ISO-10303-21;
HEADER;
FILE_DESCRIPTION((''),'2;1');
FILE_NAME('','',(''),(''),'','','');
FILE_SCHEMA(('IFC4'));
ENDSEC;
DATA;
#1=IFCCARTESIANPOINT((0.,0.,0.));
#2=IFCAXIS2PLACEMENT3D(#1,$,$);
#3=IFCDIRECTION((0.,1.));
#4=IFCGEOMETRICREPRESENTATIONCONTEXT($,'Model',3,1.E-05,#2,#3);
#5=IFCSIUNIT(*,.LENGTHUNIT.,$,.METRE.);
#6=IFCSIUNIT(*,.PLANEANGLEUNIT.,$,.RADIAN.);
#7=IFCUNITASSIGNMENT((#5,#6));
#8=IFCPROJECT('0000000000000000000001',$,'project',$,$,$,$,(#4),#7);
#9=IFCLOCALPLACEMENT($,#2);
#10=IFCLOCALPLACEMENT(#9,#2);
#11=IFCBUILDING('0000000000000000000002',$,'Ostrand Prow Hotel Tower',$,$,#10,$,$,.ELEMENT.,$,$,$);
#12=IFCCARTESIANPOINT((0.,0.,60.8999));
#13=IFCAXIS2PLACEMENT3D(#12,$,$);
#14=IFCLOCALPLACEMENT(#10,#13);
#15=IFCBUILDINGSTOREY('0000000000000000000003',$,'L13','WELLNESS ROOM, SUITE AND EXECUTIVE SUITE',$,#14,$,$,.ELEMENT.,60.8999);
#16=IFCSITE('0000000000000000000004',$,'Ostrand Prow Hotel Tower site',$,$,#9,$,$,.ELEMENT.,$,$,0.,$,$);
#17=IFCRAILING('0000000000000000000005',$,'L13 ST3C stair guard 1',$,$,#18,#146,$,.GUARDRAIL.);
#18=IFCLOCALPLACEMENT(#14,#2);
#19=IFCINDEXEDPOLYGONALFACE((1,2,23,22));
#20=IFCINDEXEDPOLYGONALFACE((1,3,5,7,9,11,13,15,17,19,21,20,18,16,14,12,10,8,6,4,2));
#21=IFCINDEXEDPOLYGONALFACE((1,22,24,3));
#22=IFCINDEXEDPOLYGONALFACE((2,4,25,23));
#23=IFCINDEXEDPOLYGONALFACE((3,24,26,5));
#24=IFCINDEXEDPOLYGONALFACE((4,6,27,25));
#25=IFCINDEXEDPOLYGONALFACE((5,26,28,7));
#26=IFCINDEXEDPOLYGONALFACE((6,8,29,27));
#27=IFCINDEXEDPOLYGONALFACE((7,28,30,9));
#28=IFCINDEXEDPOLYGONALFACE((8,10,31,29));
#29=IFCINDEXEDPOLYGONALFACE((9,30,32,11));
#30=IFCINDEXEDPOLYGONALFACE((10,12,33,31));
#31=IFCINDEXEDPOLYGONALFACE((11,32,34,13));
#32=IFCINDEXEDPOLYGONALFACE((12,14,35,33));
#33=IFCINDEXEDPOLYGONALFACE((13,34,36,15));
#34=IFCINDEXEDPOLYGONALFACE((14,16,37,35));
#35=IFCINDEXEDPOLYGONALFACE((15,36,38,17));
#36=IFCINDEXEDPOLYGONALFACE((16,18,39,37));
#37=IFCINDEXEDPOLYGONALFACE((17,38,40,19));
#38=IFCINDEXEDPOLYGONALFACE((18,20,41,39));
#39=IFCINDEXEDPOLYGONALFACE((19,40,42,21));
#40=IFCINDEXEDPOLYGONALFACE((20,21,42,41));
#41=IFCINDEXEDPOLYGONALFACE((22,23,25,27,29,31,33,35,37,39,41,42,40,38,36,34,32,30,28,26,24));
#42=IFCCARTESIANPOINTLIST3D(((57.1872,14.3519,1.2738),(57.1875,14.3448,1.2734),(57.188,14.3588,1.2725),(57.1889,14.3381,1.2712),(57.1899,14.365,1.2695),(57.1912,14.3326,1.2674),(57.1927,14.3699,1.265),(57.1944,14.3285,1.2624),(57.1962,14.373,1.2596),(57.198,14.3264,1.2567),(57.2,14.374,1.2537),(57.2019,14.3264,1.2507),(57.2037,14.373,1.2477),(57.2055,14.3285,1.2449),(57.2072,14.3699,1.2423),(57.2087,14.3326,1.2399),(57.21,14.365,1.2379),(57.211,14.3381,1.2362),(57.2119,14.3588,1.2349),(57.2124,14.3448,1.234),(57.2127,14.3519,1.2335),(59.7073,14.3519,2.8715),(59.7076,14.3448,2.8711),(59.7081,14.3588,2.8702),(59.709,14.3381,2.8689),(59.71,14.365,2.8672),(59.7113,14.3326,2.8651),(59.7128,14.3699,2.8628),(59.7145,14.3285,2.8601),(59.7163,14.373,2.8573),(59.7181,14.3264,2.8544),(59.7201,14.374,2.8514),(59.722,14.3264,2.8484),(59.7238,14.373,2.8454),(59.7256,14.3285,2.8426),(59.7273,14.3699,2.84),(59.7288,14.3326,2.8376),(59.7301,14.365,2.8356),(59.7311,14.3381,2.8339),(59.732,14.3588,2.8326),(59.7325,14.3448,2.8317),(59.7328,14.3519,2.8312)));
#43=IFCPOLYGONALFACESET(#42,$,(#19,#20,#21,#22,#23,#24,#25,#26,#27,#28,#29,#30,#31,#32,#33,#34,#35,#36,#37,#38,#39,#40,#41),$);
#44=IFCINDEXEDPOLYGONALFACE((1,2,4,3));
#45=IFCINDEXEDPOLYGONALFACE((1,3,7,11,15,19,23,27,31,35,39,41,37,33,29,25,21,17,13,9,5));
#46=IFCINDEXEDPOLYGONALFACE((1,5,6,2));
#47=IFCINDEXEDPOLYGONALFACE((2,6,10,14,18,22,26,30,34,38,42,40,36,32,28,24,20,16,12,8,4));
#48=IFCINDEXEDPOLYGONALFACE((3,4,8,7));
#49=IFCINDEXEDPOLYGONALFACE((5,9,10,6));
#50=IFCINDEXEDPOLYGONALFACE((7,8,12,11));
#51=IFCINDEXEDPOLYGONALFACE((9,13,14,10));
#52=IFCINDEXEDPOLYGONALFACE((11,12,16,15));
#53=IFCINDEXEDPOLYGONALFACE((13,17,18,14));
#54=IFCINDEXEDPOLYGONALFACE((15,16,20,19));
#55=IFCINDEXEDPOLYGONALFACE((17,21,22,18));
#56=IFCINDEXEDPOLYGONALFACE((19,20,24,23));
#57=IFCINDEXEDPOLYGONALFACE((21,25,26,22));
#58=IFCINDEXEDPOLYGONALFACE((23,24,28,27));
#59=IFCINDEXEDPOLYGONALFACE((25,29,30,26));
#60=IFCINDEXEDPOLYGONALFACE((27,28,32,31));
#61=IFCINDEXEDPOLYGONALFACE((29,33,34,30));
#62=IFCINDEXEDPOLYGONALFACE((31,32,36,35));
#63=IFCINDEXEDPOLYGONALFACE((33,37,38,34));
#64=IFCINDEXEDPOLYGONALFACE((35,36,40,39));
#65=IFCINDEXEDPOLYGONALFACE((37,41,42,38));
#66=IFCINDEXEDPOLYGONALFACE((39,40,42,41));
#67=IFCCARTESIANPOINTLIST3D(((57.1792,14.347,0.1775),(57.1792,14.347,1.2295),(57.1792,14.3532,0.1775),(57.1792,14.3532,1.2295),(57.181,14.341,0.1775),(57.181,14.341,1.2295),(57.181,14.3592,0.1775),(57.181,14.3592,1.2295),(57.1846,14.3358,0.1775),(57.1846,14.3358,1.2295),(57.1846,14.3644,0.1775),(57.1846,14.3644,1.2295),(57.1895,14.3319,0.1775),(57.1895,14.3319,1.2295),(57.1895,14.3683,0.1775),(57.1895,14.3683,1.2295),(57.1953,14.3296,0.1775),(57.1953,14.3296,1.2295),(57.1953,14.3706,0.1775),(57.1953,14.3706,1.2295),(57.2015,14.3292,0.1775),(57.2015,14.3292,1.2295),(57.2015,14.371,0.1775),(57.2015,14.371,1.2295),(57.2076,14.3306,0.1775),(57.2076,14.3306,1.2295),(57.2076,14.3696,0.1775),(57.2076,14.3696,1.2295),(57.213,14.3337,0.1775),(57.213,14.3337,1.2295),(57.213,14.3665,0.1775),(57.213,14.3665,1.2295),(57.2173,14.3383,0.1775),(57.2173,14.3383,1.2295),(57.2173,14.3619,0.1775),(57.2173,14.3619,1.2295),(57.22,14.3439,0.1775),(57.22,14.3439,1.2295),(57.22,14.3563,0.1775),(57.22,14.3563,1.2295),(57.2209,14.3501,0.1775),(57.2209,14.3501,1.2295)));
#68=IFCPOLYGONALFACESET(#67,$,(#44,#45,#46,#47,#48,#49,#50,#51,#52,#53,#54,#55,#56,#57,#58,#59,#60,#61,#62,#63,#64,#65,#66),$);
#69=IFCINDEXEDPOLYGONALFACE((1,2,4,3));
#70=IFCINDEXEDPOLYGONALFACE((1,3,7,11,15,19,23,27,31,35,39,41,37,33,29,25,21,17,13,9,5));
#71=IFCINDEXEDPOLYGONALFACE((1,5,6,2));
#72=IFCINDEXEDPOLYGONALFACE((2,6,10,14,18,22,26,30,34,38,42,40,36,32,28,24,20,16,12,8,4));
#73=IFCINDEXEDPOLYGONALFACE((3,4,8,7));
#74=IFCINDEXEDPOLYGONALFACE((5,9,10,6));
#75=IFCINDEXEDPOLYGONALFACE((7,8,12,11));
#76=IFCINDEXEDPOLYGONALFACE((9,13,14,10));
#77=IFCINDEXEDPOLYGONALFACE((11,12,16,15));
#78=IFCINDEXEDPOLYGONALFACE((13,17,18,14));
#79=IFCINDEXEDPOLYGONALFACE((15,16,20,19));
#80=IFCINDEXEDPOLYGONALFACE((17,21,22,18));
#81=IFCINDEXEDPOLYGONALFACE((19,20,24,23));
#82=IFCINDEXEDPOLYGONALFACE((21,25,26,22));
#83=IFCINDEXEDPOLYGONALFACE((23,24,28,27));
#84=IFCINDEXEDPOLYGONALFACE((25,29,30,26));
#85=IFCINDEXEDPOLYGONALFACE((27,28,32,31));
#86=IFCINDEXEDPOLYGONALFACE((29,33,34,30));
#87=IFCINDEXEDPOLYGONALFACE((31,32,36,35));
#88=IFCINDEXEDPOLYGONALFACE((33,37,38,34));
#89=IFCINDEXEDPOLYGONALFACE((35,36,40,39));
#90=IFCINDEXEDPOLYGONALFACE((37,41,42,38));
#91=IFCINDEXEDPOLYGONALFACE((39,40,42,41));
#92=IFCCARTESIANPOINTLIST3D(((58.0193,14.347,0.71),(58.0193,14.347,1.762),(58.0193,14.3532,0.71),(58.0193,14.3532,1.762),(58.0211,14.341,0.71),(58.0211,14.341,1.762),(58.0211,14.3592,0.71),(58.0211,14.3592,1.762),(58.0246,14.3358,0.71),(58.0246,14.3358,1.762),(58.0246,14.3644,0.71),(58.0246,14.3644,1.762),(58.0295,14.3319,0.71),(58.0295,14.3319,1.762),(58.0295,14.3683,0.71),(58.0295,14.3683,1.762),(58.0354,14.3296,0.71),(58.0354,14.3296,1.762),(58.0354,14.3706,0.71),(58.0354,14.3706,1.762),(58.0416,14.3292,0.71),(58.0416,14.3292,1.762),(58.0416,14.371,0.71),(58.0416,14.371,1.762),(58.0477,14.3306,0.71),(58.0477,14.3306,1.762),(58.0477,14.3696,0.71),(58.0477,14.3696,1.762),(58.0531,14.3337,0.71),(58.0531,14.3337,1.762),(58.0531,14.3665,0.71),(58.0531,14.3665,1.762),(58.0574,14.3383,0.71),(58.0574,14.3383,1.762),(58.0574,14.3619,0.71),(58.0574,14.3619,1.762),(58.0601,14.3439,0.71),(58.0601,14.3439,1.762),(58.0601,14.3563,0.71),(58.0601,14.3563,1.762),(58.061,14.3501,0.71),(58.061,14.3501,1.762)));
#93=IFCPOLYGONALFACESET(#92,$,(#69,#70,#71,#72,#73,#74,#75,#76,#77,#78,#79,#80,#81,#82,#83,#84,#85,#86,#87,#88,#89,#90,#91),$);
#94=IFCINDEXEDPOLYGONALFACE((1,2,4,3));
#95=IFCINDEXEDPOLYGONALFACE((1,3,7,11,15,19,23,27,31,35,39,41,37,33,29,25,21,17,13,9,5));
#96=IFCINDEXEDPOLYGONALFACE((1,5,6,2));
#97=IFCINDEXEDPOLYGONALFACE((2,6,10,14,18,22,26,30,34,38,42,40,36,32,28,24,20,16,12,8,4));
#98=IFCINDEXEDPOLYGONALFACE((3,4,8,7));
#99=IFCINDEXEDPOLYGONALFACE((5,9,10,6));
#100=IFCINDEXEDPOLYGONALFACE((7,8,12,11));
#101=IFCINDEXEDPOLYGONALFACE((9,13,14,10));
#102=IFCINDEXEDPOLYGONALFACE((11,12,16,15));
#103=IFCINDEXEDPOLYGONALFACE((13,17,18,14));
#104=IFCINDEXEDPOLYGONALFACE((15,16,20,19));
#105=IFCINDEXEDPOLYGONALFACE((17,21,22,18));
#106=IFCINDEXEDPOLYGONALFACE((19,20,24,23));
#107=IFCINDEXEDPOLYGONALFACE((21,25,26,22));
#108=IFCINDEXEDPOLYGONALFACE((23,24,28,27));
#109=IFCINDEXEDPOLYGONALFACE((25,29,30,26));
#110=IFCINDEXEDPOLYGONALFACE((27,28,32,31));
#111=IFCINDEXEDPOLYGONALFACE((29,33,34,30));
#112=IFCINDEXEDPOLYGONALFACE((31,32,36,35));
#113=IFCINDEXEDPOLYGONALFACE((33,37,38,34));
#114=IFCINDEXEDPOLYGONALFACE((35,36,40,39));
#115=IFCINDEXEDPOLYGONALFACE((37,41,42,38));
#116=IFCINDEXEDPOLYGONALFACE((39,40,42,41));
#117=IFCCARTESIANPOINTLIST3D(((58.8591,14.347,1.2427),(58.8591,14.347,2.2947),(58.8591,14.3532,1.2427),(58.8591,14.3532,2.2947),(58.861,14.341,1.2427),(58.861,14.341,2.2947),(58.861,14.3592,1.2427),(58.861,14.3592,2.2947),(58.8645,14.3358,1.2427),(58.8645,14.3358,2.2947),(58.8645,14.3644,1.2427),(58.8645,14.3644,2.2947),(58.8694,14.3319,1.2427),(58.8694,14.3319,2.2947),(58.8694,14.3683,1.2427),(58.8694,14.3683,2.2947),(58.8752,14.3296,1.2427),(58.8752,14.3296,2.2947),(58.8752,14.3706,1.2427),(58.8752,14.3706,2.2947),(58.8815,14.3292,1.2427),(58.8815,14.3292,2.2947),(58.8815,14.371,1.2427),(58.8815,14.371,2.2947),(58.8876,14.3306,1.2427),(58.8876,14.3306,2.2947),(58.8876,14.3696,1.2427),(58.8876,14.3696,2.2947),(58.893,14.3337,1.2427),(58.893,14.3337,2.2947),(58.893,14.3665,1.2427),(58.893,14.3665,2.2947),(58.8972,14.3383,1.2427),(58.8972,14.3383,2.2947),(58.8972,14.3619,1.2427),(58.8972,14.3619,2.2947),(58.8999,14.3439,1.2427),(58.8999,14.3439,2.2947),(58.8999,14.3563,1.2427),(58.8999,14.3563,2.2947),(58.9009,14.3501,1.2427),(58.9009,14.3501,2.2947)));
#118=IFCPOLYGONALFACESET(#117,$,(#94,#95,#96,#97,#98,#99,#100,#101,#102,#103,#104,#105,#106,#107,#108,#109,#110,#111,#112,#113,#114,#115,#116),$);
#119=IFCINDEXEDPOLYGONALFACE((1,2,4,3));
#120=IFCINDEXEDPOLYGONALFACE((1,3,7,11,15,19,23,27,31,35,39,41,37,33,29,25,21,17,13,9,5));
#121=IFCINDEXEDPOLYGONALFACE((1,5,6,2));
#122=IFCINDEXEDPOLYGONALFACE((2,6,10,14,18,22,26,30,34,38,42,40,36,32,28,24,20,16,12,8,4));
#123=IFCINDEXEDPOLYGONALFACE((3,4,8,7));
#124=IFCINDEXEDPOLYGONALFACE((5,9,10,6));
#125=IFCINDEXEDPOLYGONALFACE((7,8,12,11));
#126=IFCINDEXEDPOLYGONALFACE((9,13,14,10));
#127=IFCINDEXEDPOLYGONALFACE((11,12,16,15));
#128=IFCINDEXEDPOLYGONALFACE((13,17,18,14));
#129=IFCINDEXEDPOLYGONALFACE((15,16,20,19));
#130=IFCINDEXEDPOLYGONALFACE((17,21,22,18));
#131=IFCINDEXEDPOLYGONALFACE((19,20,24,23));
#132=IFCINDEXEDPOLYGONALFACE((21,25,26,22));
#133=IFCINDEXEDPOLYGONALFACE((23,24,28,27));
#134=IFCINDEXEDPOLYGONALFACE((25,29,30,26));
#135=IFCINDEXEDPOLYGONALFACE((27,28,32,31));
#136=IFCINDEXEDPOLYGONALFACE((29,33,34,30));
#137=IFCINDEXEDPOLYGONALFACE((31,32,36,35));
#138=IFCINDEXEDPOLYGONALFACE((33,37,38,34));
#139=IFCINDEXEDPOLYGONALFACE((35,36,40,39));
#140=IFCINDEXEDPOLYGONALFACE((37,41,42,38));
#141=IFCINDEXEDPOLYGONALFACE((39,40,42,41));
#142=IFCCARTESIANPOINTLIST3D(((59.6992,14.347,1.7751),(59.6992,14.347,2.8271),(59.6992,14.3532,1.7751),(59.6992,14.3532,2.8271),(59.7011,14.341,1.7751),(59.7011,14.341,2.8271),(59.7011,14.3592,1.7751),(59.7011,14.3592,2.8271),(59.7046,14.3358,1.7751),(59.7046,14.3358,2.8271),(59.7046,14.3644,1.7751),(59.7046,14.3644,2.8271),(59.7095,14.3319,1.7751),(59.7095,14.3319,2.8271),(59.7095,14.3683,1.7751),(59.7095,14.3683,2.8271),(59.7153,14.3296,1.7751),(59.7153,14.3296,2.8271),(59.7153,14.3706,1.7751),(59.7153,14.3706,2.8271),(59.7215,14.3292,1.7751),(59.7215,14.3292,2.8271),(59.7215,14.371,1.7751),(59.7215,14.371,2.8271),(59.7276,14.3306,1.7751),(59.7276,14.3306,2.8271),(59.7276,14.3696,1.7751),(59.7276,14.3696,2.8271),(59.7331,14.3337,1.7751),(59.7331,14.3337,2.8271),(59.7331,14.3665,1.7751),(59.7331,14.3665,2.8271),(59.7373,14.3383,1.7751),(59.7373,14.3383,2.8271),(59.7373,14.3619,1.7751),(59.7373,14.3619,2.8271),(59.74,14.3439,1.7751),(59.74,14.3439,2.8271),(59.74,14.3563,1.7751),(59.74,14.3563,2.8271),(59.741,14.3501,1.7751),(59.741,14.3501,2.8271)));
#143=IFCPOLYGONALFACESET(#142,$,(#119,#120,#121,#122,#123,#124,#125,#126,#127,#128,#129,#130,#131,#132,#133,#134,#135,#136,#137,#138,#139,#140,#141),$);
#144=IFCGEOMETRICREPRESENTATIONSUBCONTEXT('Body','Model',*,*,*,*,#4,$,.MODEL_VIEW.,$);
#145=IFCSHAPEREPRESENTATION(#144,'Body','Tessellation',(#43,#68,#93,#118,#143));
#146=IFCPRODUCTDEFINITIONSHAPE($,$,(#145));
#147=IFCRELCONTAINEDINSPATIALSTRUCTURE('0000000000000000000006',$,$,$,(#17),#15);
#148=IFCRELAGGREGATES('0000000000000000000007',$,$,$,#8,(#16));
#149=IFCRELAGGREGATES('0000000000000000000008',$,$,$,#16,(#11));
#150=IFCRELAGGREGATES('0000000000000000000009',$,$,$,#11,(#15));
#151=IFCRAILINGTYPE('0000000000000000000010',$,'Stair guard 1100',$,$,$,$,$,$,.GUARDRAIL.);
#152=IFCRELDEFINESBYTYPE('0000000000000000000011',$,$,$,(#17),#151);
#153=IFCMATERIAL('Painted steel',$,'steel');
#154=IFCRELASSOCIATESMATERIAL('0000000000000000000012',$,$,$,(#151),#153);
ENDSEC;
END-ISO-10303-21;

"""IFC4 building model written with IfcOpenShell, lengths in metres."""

from ifc_helpers import new_model, si_unit, direction, frame, origin, origin_2d, place, context, subcontext, project, spatial, circle, extrude, material, type_object, element, save


model = new_model("IFC4")

# Units and contexts
model_context = context("Model", 3, precision=1e-05, world=origin(), true_north=direction((0.0, 1.0)))
body_context = subcontext(model_context, "Body", "Model", "MODEL_VIEW")
ifc_project = project(units=[si_unit("LENGTHUNIT", "METRE"), si_unit("PLANEANGLEUNIT", "RADIAN")], contexts=[model_context])

# Site, building, storey
site_placement = place(None, origin())
site = spatial("IfcSite", under=ifc_project, at=site_placement, Name="Ostrand Prow Hotel Tower site", CompositionType="ELEMENT", RefElevation=0.0)
building_placement = place(site_placement, origin())
building = spatial("IfcBuilding", under=site, at=building_placement, Name="Ostrand Prow Hotel Tower", CompositionType="ELEMENT")
storey_placement = place(building_placement, frame((0.0, 0.0, 60.8999)))
storey = spatial("IfcBuildingStorey", under=building, at=storey_placement, Name="L13", Description="WELLNESS ROOM, SUITE AND EXECUTIVE SUITE", CompositionType="ELEMENT", Elevation=60.8999)

# Railing
ifc_material_1 = material(Name="Painted steel", Category="steel")
railing_type_1 = type_object("IfcRailingType", Name="Stair guard 1100", PredefinedType="GUARDRAIL", material=ifc_material_1)
railing_1_placement = place(storey_placement, frame((57.2, 14.3501, 0.1775)))
element("IfcRailing", 1, at=railing_1_placement, inside=storey, type_object=railing_type_1, Name="L13 ST3C stair guard 1", PredefinedType="GUARDRAIL", context=body_context, shape_type="SweptSolid", body=[
    extrude(circle(Radius=0.0239, at=origin_2d()), frame((0.0, 0.0, 1.0762), z_axis=(0.84457, 0.0, 0.535445), x_axis=(0.0, 1.0, 0.0)), (0.0, 0.0, 1.0), 2.9839),
    extrude(circle(Radius=0.021, at=origin_2d()), origin(), (0.0, 0.0, 1.0), 1.052),
    extrude(circle(Radius=0.021, at=origin_2d()), frame((0.8401, 0.0, 0.5325)), (0.0, 0.0, 1.0), 1.052),
    extrude(circle(Radius=0.021, at=origin_2d()), frame((1.6799, 0.0, 1.0652)), (0.0, 0.0, 1.0), 1.052),
    extrude(circle(Radius=0.021, at=origin_2d()), frame((2.52, 0.0, 1.5977)), (0.0, 0.0, 1.0), 1.052),
])

save(model, "model.ifc")
